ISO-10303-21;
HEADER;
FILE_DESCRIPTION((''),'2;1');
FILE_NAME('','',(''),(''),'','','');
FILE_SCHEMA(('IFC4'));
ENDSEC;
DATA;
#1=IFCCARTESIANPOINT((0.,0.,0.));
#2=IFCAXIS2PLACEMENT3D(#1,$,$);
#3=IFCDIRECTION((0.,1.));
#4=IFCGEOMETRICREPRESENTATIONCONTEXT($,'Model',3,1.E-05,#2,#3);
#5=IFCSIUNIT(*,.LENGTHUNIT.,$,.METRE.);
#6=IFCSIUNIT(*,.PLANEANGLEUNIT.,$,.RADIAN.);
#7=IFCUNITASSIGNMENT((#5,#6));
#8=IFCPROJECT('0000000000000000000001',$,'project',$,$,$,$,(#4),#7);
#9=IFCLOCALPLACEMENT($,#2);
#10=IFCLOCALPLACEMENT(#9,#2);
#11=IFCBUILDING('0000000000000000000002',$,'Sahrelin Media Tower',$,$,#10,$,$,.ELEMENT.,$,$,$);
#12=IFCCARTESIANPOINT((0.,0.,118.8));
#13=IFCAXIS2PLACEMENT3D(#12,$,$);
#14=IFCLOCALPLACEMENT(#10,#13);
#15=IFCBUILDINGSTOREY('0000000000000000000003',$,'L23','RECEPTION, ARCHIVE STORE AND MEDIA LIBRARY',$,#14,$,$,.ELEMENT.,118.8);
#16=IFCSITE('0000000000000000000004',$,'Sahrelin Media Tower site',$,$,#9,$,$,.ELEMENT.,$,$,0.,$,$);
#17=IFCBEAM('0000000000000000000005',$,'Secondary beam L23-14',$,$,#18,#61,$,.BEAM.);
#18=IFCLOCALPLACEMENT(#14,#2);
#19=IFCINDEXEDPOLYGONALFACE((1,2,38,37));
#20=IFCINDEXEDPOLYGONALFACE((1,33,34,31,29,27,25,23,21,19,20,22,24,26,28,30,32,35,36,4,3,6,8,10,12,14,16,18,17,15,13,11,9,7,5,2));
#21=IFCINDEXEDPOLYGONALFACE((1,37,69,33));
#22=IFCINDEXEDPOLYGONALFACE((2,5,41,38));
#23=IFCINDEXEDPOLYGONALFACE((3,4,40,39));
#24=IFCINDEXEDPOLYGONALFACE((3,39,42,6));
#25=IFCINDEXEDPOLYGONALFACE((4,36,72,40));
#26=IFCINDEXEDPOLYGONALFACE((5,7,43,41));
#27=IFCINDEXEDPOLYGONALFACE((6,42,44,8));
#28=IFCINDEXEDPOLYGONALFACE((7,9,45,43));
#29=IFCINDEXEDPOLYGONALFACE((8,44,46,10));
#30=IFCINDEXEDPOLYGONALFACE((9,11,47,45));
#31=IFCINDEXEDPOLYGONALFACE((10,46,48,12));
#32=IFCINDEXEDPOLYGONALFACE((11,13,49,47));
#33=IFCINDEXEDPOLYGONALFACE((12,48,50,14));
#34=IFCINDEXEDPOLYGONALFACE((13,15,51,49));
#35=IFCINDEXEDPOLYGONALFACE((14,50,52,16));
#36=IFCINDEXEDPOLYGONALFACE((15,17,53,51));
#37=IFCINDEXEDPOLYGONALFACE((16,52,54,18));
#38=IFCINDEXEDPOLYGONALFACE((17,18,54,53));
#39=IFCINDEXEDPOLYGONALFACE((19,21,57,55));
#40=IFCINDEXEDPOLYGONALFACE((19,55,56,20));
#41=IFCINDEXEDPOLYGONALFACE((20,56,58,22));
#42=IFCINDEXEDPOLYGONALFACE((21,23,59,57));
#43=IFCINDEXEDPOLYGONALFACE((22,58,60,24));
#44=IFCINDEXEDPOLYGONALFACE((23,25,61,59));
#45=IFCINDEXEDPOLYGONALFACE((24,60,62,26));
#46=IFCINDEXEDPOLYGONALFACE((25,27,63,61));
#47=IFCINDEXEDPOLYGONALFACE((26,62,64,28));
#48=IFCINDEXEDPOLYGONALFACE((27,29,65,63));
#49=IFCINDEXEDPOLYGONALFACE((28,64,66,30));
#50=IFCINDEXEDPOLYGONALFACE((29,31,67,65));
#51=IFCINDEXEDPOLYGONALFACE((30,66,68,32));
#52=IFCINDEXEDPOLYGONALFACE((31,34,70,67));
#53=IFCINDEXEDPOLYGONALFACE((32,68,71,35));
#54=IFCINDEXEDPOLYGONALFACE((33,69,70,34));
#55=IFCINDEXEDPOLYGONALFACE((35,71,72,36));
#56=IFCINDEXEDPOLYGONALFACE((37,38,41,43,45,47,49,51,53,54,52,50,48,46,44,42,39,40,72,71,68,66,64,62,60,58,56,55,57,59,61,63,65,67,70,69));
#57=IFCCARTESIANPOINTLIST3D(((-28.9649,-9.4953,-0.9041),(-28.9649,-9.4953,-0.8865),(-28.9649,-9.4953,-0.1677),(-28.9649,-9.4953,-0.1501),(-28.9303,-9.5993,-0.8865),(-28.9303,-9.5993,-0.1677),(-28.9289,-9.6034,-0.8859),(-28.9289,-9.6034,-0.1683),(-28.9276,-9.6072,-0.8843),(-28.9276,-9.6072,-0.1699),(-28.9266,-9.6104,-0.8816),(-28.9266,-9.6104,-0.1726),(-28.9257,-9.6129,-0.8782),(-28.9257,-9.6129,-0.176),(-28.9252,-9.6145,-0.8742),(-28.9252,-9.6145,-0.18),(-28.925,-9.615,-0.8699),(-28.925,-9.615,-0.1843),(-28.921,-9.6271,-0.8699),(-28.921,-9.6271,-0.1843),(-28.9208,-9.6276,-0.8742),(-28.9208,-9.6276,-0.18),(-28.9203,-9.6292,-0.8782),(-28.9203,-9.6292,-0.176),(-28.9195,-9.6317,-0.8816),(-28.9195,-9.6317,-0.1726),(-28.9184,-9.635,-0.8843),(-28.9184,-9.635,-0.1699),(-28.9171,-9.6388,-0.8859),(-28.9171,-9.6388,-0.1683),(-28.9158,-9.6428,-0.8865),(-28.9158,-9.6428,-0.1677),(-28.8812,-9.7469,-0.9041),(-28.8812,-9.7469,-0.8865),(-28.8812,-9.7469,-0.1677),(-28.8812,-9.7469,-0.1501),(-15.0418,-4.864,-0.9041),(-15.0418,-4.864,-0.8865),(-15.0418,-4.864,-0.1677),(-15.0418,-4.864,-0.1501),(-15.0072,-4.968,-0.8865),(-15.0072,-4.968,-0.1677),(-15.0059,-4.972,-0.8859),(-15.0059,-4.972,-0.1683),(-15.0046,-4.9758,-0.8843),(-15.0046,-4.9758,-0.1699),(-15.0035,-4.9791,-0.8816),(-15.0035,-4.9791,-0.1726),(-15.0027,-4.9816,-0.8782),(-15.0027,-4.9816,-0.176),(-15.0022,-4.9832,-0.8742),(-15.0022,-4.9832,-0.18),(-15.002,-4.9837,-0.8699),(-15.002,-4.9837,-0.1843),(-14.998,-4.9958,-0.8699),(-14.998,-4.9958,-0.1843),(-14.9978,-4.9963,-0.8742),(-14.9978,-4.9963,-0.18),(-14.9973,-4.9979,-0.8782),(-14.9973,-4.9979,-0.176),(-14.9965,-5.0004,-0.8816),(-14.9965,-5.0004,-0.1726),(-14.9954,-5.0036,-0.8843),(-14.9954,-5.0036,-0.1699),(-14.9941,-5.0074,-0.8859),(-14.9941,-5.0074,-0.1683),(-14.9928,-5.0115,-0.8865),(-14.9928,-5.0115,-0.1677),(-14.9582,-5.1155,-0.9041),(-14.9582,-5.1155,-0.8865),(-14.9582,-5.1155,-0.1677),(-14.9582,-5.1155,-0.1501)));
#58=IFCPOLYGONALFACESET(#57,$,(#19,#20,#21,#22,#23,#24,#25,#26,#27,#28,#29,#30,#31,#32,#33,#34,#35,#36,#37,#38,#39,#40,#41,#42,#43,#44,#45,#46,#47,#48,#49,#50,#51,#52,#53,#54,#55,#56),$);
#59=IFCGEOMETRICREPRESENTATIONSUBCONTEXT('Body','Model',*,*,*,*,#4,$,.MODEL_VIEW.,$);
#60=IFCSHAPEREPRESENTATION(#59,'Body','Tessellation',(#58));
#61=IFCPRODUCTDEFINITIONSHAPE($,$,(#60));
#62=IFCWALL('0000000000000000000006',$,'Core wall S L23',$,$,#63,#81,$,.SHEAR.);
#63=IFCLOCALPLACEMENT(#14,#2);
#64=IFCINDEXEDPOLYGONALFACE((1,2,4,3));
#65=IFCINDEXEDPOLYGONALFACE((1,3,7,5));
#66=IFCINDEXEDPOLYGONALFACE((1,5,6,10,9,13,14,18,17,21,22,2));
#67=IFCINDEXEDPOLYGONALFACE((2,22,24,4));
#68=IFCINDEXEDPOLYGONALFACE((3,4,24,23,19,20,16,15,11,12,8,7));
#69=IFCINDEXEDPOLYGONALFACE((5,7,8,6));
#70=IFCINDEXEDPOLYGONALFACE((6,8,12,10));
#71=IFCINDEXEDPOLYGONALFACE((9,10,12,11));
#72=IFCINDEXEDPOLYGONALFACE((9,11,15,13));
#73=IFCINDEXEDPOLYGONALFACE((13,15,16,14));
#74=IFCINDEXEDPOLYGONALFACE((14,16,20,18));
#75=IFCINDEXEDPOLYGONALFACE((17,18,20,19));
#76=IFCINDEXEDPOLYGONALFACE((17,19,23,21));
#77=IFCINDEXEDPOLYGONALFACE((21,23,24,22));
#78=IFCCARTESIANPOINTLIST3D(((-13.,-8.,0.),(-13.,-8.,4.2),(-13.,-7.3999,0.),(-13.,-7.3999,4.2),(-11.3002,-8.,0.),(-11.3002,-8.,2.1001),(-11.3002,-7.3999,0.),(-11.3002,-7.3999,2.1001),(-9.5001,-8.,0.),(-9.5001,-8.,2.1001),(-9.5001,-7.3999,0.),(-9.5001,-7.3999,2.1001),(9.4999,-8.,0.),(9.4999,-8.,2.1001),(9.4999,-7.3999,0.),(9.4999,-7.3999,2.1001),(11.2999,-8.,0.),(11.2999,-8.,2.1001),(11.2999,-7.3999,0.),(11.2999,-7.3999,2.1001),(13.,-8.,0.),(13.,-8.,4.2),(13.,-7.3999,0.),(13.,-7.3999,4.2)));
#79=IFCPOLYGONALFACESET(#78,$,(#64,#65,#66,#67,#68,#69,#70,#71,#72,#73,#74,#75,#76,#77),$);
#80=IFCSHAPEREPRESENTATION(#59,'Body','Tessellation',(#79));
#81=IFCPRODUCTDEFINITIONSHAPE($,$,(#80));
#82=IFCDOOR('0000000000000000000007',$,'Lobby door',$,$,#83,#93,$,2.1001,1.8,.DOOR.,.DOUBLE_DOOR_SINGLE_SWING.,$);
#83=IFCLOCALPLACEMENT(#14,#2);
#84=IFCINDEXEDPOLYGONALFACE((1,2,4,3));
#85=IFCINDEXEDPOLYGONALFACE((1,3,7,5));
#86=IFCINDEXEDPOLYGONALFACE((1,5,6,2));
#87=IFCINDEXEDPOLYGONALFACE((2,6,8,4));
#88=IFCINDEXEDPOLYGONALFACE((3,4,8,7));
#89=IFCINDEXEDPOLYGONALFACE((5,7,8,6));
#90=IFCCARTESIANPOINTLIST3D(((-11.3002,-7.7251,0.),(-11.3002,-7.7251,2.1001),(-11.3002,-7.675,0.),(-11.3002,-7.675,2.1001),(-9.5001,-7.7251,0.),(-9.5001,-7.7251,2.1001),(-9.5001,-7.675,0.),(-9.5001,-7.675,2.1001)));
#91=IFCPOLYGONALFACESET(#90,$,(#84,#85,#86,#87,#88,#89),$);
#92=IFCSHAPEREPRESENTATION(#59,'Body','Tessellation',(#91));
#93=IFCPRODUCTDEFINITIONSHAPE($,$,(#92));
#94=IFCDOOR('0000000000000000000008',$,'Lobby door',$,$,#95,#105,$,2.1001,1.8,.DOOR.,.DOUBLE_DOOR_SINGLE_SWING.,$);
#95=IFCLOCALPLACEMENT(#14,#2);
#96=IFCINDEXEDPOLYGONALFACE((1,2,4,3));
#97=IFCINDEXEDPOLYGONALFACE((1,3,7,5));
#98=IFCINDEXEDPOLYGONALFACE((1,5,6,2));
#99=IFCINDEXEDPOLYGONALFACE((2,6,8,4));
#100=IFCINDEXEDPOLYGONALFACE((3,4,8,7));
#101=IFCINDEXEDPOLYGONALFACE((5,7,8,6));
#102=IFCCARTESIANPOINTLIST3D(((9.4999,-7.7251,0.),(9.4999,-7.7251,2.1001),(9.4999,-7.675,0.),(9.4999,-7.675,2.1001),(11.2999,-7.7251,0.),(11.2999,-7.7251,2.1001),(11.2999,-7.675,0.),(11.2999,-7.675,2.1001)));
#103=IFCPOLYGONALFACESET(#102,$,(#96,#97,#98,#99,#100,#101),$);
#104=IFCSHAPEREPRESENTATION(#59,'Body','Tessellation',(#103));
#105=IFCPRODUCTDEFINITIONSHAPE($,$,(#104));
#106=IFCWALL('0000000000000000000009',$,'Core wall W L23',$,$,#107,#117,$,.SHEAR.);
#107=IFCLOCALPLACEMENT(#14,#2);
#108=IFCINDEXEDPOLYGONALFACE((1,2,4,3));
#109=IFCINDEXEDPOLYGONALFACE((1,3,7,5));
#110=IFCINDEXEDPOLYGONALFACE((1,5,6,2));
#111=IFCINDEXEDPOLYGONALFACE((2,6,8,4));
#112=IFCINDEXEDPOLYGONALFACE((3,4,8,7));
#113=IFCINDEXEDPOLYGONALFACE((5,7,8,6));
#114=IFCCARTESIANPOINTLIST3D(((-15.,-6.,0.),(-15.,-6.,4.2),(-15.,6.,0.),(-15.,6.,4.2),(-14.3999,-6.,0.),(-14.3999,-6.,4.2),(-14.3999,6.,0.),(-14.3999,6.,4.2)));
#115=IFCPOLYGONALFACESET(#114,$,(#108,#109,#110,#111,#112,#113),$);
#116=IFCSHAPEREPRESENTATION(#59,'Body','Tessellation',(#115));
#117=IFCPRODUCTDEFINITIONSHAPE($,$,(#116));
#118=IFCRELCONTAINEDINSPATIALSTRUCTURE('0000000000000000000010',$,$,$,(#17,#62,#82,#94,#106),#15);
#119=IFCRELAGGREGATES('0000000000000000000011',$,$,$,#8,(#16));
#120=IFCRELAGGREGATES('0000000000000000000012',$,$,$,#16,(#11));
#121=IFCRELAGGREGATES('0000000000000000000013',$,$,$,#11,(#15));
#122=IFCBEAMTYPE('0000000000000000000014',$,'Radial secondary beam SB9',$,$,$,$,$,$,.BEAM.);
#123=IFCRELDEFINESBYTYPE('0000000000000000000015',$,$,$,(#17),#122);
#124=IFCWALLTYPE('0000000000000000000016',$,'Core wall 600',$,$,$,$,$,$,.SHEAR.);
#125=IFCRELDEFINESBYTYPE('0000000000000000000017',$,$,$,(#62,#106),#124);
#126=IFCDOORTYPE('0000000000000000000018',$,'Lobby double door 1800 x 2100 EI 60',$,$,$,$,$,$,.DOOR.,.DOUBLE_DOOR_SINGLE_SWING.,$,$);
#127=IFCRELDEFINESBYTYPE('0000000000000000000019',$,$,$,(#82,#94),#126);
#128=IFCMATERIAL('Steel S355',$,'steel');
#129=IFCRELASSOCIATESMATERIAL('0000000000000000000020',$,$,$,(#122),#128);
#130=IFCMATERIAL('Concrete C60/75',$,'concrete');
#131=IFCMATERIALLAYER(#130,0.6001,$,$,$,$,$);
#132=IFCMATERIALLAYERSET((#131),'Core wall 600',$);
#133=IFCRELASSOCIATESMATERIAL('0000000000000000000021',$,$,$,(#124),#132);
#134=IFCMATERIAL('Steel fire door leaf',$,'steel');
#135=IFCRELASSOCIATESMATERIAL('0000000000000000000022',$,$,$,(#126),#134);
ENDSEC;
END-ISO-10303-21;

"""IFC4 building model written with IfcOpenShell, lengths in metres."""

from ifc_helpers import new_model, si_unit, direction, frame, frame_2d, origin, origin_2d, place, context, subcontext, project, spatial, rectangle, i_section, extrude, material, layer, layer_set, material_profile, profile_set, type_object, element, fill, save


model = new_model("IFC4")

# Units and contexts
model_context = context("Model", 3, precision=1e-05, world=origin(), true_north=direction((0.0, 1.0)))
body_context = subcontext(model_context, "Body", "Model", "MODEL_VIEW")
ifc_project = project(units=[si_unit("LENGTHUNIT", "METRE"), si_unit("PLANEANGLEUNIT", "RADIAN")], contexts=[model_context])

# Site, building, storey
site_placement = place(None, origin())
site = spatial("IfcSite", under=ifc_project, at=site_placement, Name="Sahrelin Media Tower site", CompositionType="ELEMENT", RefElevation=0.0)
building_placement = place(site_placement, origin())
building = spatial("IfcBuilding", under=site, at=building_placement, Name="Sahrelin Media Tower", CompositionType="ELEMENT")
storey_placement = place(building_placement, frame((0.0, 0.0, 118.8)))
storey = spatial("IfcBuildingStorey", under=building, at=storey_placement, Name="L23", Description="RECEPTION, ARCHIVE STORE AND MEDIA LIBRARY", CompositionType="ELEMENT", Elevation=118.8)

# Beam
ifc_material_1 = material(Name="Steel S355", Category="steel")
ifc_material_profile_1 = material_profile(ifc_material_1, i_section(OverallWidth=0.2651, OverallDepth=0.7539, WebThickness=0.0127, FlangeThickness=0.0176, FilletRadius=0.0166, at=origin_2d()), Name="UB 762x267x147")
ifc_profile_set_1 = profile_set([ifc_material_profile_1], Name="Steel S355")
beam_type_1 = type_object("IfcBeamType", Name="Radial secondary beam SB9", PredefinedType="BEAM", material=ifc_profile_set_1)
beam_1_placement = place(storey_placement, frame((-15.0, -4.9897, -0.5271), z_axis=(-0.948881, -0.315634, 0.0), x_axis=(0.315634, -0.948881, 0.0)))
element("IfcBeam", 1, at=beam_1_placement, inside=storey, type_object=beam_type_1, Name="Secondary beam L23-14", PredefinedType="BEAM", context=body_context, shape_type="SweptSolid", body=[
    extrude(i_section(OverallWidth=0.2651, OverallDepth=0.7539, WebThickness=0.0127, FlangeThickness=0.0176, FilletRadius=0.0166, at=origin_2d()), origin(), (0.0, 0.0, 1.0), 14.6731),
])

# Wall, openings, doors
ifc_material_2 = material(Name="Concrete C60/75", Category="concrete")
ifc_layer_1 = layer(ifc_material_2, 0.6001)
ifc_layer_set_1 = layer_set([ifc_layer_1], Name="Core wall 600")
wall_type_1 = type_object("IfcWallType", Name="Core wall 600", PredefinedType="SHEAR", material=ifc_layer_set_1)
wall_1_placement = place(storey_placement, frame((-13.0, -7.7, 0.0), z_axis=(0.0, 0.0, 1.0), x_axis=(1.0, 0.0, 0.0)))
wall_1 = element("IfcWall", 2, at=wall_1_placement, inside=storey, type_object=wall_type_1, Name="Core wall S L23", PredefinedType="SHEAR", context=body_context, shape_type="SweptSolid", body=[
    extrude(rectangle(XDim=26.0, YDim=0.6001, at=frame_2d((13.0, 0.0))), origin(), (0.0, 0.0, 1.0), 4.2),
])
opening_1_placement = place(wall_1_placement, frame((1.7, 0.0, 0.0)))
opening_1 = element("IfcOpeningElement", 3, at=opening_1_placement, cuts=wall_1, PredefinedType="OPENING", context=body_context, shape_type="SweptSolid", body=[
    extrude(rectangle(XDim=1.8, YDim=2.1001, at=frame_2d((0.8999, 1.05))), frame((0.0, 0.3, 0.0), z_axis=(0.0, -1.0, 0.0), x_axis=(1.0, 0.0, 0.0)), (0.0, 0.0, 1.0), 0.6001),
])
opening_2_placement = place(wall_1_placement, frame((22.5, 0.0, 0.0)))
opening_2 = element("IfcOpeningElement", 4, at=opening_2_placement, cuts=wall_1, PredefinedType="OPENING", context=body_context, shape_type="SweptSolid", body=[
    extrude(rectangle(XDim=1.8, YDim=2.1001, at=frame_2d((0.8999, 1.05))), frame((0.0, 0.3, 0.0), z_axis=(0.0, -1.0, 0.0), x_axis=(1.0, 0.0, 0.0)), (0.0, 0.0, 1.0), 0.6001),
])
ifc_material_3 = material(Name="Steel fire door leaf", Category="steel")
door_type_1 = type_object("IfcDoorType", Name="Lobby double door 1800 x 2100 EI 60", OperationType="DOUBLE_DOOR_SINGLE_SWING", PredefinedType="DOOR", material=ifc_material_3)
door_1_placement = place(opening_1_placement, origin())
door_1 = element("IfcDoor", 5, at=door_1_placement, inside=storey, type_object=door_type_1, Name="Lobby door", OperationType="DOUBLE_DOOR_SINGLE_SWING", OverallHeight=2.1001, OverallWidth=1.8, PredefinedType="DOOR", context=body_context, shape_type="SweptSolid", body=[
    extrude(rectangle(XDim=1.8, YDim=2.1001, at=frame_2d((0.8999, 1.05))), frame((0.0, 0.0249, 0.0), z_axis=(0.0, -1.0, 0.0), x_axis=(1.0, 0.0, 0.0)), (0.0, 0.0, 1.0), 0.05),
])
fill(opening_1, door_1)
door_2_placement = place(opening_2_placement, origin())
door_2 = element("IfcDoor", 6, at=door_2_placement, inside=storey, type_object=door_type_1, Name="Lobby door", OperationType="DOUBLE_DOOR_SINGLE_SWING", OverallHeight=2.1001, OverallWidth=1.8, PredefinedType="DOOR", context=body_context, shape_type="SweptSolid", body=[
    extrude(rectangle(XDim=1.8, YDim=2.1001, at=frame_2d((0.8999, 1.05))), frame((0.0, 0.0249, 0.0), z_axis=(0.0, -1.0, 0.0), x_axis=(1.0, 0.0, 0.0)), (0.0, 0.0, 1.0), 0.05),
])
fill(opening_2, door_2)

# Wall
wall_2_placement = place(storey_placement, frame((-14.7, -6.0, 0.0), z_axis=(0.0, 0.0, 1.0), x_axis=(0.0, 1.0, 0.0)))
element("IfcWall", 7, at=wall_2_placement, inside=storey, type_object=wall_type_1, Name="Core wall W L23", PredefinedType="SHEAR", context=body_context, shape_type="SweptSolid", body=[
    extrude(rectangle(XDim=12.0, YDim=0.6001, at=frame_2d((6.0, 0.0))), origin(), (0.0, 0.0, 1.0), 4.2),
])

save(model, "model.ifc")
